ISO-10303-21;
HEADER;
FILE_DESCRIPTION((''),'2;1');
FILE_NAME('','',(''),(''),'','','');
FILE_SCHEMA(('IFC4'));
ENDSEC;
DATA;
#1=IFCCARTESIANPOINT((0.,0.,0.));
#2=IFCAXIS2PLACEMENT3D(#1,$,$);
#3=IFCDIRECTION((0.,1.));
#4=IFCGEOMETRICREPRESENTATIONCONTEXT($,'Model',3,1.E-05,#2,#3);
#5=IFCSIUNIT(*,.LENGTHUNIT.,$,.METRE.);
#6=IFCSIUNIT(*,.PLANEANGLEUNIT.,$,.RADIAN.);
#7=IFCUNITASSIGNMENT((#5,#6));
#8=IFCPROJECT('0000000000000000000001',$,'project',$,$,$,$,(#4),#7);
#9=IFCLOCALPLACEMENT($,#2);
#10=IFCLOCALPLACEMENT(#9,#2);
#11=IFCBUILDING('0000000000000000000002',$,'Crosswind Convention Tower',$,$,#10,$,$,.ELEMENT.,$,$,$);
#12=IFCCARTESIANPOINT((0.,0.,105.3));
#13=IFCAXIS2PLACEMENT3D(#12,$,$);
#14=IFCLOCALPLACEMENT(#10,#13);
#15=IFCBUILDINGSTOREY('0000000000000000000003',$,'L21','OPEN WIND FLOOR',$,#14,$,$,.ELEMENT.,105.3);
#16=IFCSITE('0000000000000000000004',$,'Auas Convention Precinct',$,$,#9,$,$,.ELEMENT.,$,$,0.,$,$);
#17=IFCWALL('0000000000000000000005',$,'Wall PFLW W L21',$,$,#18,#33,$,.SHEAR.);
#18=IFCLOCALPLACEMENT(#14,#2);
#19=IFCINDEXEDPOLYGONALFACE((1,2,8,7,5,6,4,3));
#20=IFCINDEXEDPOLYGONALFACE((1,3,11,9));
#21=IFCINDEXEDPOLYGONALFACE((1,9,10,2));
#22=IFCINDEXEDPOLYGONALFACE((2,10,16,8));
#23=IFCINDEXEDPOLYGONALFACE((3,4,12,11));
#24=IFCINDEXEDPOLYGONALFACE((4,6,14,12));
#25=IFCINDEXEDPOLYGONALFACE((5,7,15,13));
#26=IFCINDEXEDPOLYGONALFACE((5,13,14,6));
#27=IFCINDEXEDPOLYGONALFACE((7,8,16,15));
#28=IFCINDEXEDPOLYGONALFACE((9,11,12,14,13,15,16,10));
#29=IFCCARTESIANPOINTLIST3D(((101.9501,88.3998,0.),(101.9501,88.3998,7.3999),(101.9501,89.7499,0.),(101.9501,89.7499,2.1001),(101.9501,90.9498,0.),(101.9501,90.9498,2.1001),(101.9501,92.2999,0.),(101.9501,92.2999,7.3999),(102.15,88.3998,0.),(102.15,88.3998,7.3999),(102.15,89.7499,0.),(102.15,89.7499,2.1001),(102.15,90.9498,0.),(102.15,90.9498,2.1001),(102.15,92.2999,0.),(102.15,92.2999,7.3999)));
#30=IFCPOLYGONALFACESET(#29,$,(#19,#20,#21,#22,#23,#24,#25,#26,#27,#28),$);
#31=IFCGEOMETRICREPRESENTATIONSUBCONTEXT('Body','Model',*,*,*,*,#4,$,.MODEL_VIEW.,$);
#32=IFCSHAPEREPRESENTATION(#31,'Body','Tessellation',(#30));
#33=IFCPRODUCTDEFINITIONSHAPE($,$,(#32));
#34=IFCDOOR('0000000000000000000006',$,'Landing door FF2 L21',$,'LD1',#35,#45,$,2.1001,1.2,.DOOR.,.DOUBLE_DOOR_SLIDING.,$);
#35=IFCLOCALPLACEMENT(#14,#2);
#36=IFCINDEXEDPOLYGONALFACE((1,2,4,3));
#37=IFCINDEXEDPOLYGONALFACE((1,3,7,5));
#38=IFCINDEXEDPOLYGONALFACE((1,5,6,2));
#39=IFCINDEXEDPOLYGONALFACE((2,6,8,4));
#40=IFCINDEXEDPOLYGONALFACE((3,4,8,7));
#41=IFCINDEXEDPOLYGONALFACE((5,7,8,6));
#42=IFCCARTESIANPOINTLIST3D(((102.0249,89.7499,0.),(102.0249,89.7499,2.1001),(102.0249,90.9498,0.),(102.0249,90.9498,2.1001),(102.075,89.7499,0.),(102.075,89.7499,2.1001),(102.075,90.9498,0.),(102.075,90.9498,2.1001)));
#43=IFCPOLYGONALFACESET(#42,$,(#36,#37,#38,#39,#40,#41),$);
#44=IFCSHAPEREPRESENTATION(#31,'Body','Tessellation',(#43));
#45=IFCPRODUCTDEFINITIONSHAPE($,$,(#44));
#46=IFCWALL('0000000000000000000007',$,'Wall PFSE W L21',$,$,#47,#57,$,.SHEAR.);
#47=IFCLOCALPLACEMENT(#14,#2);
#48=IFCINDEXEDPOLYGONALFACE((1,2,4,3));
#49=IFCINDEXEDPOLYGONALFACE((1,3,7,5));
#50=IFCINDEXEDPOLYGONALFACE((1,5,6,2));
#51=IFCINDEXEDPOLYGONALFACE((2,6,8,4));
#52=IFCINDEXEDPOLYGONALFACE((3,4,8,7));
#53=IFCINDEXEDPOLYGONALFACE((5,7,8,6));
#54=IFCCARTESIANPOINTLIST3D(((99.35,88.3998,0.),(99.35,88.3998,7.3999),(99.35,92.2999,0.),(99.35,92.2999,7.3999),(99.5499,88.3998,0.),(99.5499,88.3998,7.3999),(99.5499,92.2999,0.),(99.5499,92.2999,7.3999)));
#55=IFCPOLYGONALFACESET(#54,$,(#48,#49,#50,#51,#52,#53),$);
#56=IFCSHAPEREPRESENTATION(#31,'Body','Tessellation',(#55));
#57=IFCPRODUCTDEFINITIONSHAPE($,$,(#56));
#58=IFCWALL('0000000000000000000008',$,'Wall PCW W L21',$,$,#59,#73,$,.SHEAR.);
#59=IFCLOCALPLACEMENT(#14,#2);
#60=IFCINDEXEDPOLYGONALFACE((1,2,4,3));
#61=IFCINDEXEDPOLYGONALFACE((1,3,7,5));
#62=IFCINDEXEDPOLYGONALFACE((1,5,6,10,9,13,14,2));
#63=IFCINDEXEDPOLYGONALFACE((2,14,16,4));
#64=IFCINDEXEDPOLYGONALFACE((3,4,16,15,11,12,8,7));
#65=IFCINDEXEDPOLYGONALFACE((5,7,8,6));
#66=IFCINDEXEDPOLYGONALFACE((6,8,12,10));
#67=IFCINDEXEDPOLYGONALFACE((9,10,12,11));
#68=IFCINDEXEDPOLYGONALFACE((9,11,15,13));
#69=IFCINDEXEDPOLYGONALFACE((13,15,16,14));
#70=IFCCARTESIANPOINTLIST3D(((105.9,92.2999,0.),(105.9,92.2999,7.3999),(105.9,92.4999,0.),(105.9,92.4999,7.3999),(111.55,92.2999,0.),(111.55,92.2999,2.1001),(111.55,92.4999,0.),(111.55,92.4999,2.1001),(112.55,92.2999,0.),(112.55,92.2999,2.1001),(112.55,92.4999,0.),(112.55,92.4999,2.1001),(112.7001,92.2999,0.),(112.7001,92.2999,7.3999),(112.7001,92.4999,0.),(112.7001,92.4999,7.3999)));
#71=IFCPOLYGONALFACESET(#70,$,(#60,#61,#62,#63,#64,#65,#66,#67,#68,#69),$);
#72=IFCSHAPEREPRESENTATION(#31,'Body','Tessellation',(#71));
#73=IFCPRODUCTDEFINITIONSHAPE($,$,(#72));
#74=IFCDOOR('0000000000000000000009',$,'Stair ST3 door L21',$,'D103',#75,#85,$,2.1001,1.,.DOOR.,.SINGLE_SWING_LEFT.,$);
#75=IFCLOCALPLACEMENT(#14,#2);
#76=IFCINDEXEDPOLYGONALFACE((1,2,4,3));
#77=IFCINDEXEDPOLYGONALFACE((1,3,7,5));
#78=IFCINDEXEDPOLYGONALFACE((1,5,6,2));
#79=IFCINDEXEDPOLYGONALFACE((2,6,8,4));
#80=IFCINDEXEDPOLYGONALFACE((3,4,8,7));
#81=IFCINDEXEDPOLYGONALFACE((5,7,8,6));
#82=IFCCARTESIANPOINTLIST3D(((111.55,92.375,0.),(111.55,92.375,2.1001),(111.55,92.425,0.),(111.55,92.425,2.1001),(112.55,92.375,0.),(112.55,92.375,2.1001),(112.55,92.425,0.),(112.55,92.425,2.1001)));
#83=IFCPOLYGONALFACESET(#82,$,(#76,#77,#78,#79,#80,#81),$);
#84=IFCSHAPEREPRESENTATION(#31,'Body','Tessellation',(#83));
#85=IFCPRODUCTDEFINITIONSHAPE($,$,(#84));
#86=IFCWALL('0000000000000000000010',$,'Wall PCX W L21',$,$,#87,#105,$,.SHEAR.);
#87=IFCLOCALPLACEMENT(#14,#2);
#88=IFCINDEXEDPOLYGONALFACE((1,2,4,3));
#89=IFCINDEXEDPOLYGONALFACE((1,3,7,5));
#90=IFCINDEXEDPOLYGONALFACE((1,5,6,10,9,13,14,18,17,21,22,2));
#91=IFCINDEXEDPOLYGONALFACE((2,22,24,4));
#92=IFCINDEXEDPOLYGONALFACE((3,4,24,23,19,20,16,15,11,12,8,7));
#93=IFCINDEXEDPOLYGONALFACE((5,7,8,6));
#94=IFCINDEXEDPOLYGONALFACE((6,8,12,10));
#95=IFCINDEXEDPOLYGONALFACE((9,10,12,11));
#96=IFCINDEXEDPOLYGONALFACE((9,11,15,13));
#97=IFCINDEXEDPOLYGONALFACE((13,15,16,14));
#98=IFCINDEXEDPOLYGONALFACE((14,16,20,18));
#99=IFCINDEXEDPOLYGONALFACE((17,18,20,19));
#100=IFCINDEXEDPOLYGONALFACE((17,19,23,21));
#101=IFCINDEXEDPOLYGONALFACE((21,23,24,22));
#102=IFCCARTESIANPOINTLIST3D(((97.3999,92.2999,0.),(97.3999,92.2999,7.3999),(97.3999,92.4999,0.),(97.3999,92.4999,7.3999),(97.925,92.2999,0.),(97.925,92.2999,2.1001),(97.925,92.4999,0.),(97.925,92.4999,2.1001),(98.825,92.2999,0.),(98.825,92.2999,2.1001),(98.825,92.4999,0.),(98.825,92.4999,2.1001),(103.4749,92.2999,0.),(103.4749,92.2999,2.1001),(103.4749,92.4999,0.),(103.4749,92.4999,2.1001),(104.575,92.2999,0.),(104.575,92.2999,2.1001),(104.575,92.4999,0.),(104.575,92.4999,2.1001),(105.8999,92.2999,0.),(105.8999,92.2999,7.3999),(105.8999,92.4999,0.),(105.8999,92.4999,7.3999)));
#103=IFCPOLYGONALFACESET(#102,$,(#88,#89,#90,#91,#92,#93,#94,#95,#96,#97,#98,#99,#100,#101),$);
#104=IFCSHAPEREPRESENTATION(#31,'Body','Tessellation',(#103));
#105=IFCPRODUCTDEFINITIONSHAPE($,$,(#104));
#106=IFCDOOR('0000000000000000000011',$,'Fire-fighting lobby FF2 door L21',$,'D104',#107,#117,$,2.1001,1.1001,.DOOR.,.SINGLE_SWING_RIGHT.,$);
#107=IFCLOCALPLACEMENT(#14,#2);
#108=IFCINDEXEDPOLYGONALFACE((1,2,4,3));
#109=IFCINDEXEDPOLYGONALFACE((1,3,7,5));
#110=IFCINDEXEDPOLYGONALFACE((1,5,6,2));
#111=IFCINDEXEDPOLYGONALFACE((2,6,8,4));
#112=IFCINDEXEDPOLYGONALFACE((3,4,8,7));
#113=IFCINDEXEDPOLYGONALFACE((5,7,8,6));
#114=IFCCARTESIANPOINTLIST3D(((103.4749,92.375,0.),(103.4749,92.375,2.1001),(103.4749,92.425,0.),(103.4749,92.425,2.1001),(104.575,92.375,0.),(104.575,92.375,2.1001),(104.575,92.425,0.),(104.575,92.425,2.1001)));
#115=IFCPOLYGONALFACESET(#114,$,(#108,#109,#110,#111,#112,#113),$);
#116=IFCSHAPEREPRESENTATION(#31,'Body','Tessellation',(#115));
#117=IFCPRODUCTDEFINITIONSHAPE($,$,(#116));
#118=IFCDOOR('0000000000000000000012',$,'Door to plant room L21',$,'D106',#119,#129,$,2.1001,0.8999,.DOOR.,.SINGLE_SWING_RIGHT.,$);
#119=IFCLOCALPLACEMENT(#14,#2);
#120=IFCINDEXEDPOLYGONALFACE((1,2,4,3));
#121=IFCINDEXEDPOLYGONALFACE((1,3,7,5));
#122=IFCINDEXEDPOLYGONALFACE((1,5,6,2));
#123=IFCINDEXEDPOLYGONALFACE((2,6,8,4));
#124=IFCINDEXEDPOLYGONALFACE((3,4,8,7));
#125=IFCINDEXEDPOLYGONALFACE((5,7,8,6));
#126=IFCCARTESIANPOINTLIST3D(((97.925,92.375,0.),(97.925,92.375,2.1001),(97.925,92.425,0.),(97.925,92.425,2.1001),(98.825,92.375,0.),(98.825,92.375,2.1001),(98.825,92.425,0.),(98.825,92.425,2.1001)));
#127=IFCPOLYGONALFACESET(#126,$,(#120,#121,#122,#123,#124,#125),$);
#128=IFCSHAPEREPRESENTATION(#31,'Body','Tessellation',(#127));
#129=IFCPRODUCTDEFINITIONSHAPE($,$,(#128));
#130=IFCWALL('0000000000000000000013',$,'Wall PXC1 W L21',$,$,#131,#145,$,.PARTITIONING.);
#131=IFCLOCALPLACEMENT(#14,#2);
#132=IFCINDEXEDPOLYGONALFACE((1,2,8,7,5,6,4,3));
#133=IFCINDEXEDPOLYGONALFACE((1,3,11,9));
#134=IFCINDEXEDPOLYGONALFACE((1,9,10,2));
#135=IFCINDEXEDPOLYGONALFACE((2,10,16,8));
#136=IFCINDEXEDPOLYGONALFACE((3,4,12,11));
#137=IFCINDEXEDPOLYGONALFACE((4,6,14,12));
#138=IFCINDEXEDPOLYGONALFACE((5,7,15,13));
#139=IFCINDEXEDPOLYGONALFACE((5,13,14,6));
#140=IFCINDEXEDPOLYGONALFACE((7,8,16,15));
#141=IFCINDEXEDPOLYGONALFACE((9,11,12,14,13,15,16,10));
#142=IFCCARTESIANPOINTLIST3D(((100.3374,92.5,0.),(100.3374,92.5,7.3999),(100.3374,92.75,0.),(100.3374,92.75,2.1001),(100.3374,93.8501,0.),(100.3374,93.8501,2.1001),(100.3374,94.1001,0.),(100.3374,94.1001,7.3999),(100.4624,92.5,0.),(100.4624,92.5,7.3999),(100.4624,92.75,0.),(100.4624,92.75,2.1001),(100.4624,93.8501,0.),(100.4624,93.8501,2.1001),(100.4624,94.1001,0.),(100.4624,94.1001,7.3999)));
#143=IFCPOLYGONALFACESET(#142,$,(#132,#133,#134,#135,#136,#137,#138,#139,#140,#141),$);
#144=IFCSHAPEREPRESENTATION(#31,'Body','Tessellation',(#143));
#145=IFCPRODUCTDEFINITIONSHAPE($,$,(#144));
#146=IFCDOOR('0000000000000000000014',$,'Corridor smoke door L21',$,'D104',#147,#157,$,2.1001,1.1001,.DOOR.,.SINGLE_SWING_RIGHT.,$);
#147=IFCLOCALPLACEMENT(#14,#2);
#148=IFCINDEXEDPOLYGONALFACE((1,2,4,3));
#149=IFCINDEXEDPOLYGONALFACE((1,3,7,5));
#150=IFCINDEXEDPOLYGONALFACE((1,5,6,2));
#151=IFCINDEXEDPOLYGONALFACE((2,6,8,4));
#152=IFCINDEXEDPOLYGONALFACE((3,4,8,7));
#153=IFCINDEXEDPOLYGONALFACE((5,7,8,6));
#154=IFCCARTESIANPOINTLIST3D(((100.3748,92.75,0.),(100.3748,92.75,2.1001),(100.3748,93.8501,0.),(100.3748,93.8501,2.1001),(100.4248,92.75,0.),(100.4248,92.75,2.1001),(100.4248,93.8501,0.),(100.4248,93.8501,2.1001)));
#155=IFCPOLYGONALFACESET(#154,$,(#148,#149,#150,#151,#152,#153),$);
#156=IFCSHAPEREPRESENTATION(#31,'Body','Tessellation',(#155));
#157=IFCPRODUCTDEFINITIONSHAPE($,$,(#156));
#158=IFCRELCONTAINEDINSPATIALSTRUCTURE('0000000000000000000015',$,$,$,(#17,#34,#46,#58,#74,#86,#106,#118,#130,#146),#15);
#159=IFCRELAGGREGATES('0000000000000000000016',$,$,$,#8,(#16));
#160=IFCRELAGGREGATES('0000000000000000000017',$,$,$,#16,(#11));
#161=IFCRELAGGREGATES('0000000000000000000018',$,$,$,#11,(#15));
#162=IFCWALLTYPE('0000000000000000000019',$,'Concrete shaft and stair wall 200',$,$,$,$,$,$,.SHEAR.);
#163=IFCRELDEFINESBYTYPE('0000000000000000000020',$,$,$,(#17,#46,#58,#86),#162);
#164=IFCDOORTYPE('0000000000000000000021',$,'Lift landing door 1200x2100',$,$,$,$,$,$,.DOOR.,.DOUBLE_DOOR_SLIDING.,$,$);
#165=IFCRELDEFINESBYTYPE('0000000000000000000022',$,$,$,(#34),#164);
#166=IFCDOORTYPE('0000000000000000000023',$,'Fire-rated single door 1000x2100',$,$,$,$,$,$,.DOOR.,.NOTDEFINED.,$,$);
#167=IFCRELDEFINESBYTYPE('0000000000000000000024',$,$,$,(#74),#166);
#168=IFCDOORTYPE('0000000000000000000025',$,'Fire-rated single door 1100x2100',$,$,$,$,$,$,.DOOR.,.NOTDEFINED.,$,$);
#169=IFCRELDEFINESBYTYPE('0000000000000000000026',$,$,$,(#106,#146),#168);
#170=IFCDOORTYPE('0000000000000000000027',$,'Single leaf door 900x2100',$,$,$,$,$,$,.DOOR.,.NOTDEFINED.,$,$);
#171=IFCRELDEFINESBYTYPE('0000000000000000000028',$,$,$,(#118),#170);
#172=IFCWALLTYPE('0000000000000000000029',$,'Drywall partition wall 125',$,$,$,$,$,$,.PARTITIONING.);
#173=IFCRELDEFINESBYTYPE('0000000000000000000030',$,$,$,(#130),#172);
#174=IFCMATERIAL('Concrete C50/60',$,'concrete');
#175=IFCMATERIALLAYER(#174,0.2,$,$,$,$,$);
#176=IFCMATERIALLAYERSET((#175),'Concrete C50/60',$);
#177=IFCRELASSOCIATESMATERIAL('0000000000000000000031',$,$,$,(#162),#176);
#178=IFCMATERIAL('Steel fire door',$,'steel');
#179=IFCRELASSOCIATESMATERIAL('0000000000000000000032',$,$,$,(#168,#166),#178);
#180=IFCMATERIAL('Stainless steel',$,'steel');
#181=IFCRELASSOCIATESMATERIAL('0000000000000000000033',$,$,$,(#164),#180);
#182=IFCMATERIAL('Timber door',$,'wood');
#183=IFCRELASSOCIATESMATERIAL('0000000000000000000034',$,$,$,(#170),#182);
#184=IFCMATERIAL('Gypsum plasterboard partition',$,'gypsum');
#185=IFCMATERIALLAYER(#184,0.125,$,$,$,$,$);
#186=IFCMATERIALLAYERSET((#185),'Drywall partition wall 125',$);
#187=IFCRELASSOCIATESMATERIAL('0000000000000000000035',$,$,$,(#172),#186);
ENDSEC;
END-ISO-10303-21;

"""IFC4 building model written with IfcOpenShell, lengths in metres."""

from ifc_helpers import new_model, si_unit, direction, frame, frame_2d, origin, place, context, subcontext, project, spatial, rectangle, extrude, material, layer, layer_set, type_object, element, fill, save


model = new_model("IFC4")

# Units and contexts
model_context = context("Model", 3, precision=1e-05, world=origin(), true_north=direction((0.0, 1.0)))
body_context = subcontext(model_context, "Body", "Model", "MODEL_VIEW")
ifc_project = project(units=[si_unit("LENGTHUNIT", "METRE"), si_unit("PLANEANGLEUNIT", "RADIAN")], contexts=[model_context])

# Site, building, storey
site_placement = place(None, origin())
site = spatial("IfcSite", under=ifc_project, at=site_placement, Name="Auas Convention Precinct", CompositionType="ELEMENT", RefElevation=0.0)
building_placement = place(site_placement, origin())
building = spatial("IfcBuilding", under=site, at=building_placement, Name="Crosswind Convention Tower", CompositionType="ELEMENT")
storey_placement = place(building_placement, frame((0.0, 0.0, 105.3)))
storey = spatial("IfcBuildingStorey", under=building, at=storey_placement, Name="L21", Description="OPEN WIND FLOOR", CompositionType="ELEMENT", Elevation=105.3)

# Shared definitions
ifc_material_1 = material(Name="Concrete C50/60", Category="concrete")

# Shared definitions
ifc_layer_1 = layer(ifc_material_1, 0.2)
ifc_layer_set_1 = layer_set([ifc_layer_1], Name="Concrete C50/60")
wall_type_1 = type_object("IfcWallType", Name="Concrete shaft and stair wall 200", PredefinedType="SHEAR", material=ifc_layer_set_1)
ifc_material_2 = material(Name="Steel fire door", Category="steel")
door_type_1 = type_object("IfcDoorType", Name="Fire-rated single door 1100x2100", OperationType="NOTDEFINED", PredefinedType="DOOR", material=ifc_material_2)

# Wall, opening, door
wall_1_placement = place(storey_placement, frame((102.05, 92.3, 0.0), z_axis=(0.0, 0.0, 1.0), x_axis=(0.0, -1.0, 0.0)))
wall_1 = element("IfcWall", 1, at=wall_1_placement, inside=storey, type_object=wall_type_1, Name="Wall PFLW W L21", PredefinedType="SHEAR", context=body_context, shape_type="SweptSolid", body=[
    extrude(rectangle(XDim=3.9001, YDim=0.2, at=frame_2d((1.9502, 0.0))), origin(), (0.0, 0.0, 1.0), 7.3999),
])
opening_1_placement = place(wall_1_placement, frame((1.3501, 0.0, 0.0)))
opening_1 = element("IfcOpeningElement", 2, at=opening_1_placement, cuts=wall_1, PredefinedType="OPENING", context=body_context, shape_type="SweptSolid", body=[
    extrude(rectangle(XDim=1.2, YDim=2.1001, at=frame_2d((0.6001, 1.05))), frame((0.0, 0.1099, 0.0), z_axis=(0.0, -1.0, 0.0), x_axis=(1.0, 0.0, 0.0)), (0.0, 0.0, 1.0), 0.22),
])
ifc_material_3 = material(Name="Stainless steel", Category="steel")
door_type_2 = type_object("IfcDoorType", Name="Lift landing door 1200x2100", OperationType="DOUBLE_DOOR_SLIDING", PredefinedType="DOOR", material=ifc_material_3)
door_1_placement = place(opening_1_placement, origin())
door_1 = element("IfcDoor", 3, at=door_1_placement, inside=storey, type_object=door_type_2, Name="Landing door FF2 L21", ObjectType="LD1", OperationType="DOUBLE_DOOR_SLIDING", OverallHeight=2.1001, OverallWidth=1.2, PredefinedType="DOOR", context=body_context, shape_type="SweptSolid", body=[
    extrude(rectangle(XDim=1.2, YDim=2.1001, at=frame_2d((0.6001, 1.05))), frame((0.0, 0.0249, 0.0), z_axis=(0.0, -1.0, 0.0), x_axis=(1.0, 0.0, 0.0)), (0.0, 0.0, 1.0), 0.05),
])
fill(opening_1, door_1)

# Wall
wall_2_placement = place(storey_placement, frame((99.45, 92.3, 0.0), z_axis=(0.0, 0.0, 1.0), x_axis=(0.0, -1.0, 0.0)))
element("IfcWall", 4, at=wall_2_placement, inside=storey, type_object=wall_type_1, Name="Wall PFSE W L21", PredefinedType="SHEAR", context=body_context, shape_type="SweptSolid", body=[
    extrude(rectangle(XDim=3.9001, YDim=0.2, at=frame_2d((1.9502, 0.0))), origin(), (0.0, 0.0, 1.0), 7.3999),
])

# Wall, opening, door
wall_3_placement = place(storey_placement, frame((112.7, 92.3999, 0.0), z_axis=(0.0, 0.0, 1.0), x_axis=(-1.0, 0.0, 0.0)))
wall_3 = element("IfcWall", 5, at=wall_3_placement, inside=storey, type_object=wall_type_1, Name="Wall PCW W L21", PredefinedType="SHEAR", context=body_context, shape_type="SweptSolid", body=[
    extrude(rectangle(XDim=6.8, YDim=0.2, at=frame_2d((3.3999, 0.0))), origin(), (0.0, 0.0, 1.0), 7.3999),
])
opening_2_placement = place(wall_3_placement, frame((0.1499, 0.0, 0.0)))
opening_2 = element("IfcOpeningElement", 6, at=opening_2_placement, cuts=wall_3, PredefinedType="OPENING", context=body_context, shape_type="SweptSolid", body=[
    extrude(rectangle(XDim=1.0, YDim=2.1001, at=frame_2d((0.5, 1.05))), frame((0.0, 0.1099, 0.0), z_axis=(0.0, -1.0, 0.0), x_axis=(1.0, 0.0, 0.0)), (0.0, 0.0, 1.0), 0.22),
])
door_type_3 = type_object("IfcDoorType", Name="Fire-rated single door 1000x2100", OperationType="NOTDEFINED", PredefinedType="DOOR", material=ifc_material_2)
door_2_placement = place(opening_2_placement, origin())
door_2 = element("IfcDoor", 7, at=door_2_placement, inside=storey, type_object=door_type_3, Name="Stair ST3 door L21", ObjectType="D103", OperationType="SINGLE_SWING_LEFT", OverallHeight=2.1001, OverallWidth=1.0, PredefinedType="DOOR", context=body_context, shape_type="SweptSolid", body=[
    extrude(rectangle(XDim=1.0, YDim=2.1001, at=frame_2d((0.5, 1.05))), frame((0.0, 0.0249, 0.0), z_axis=(0.0, -1.0, 0.0), x_axis=(1.0, 0.0, 0.0)), (0.0, 0.0, 1.0), 0.05),
])
fill(opening_2, door_2)

# Wall, openings, doors
wall_4_placement = place(storey_placement, frame((105.8999, 92.3999, 0.0), z_axis=(0.0, 0.0, 1.0), x_axis=(-1.0, 0.0, 0.0)))
wall_4 = element("IfcWall", 8, at=wall_4_placement, inside=storey, type_object=wall_type_1, Name="Wall PCX W L21", PredefinedType="SHEAR", context=body_context, shape_type="SweptSolid", body=[
    extrude(rectangle(XDim=8.5, YDim=0.2, at=frame_2d((4.25, 0.0))), origin(), (0.0, 0.0, 1.0), 7.3999),
])
opening_3_placement = place(wall_4_placement, frame((1.325, 0.0, 0.0)))
opening_3 = element("IfcOpeningElement", 9, at=opening_3_placement, cuts=wall_4, PredefinedType="OPENING", context=body_context, shape_type="SweptSolid", body=[
    extrude(rectangle(XDim=1.1001, YDim=2.1001, at=frame_2d((0.55, 1.05))), frame((0.0, 0.1099, 0.0), z_axis=(0.0, -1.0, 0.0), x_axis=(1.0, 0.0, 0.0)), (0.0, 0.0, 1.0), 0.22),
])
opening_4_placement = place(wall_4_placement, frame((7.075, 0.0, 0.0)))
opening_4 = element("IfcOpeningElement", 10, at=opening_4_placement, cuts=wall_4, PredefinedType="OPENING", context=body_context, shape_type="SweptSolid", body=[
    extrude(rectangle(XDim=0.8999, YDim=2.1001, at=frame_2d((0.45, 1.05))), frame((0.0, 0.1099, 0.0), z_axis=(0.0, -1.0, 0.0), x_axis=(1.0, 0.0, 0.0)), (0.0, 0.0, 1.0), 0.22),
])
door_3_placement = place(opening_3_placement, origin())
door_3 = element("IfcDoor", 11, at=door_3_placement, inside=storey, type_object=door_type_1, Name="Fire-fighting lobby FF2 door L21", ObjectType="D104", OperationType="SINGLE_SWING_RIGHT", OverallHeight=2.1001, OverallWidth=1.1001, PredefinedType="DOOR", context=body_context, shape_type="SweptSolid", body=[
    extrude(rectangle(XDim=1.1001, YDim=2.1001, at=frame_2d((0.55, 1.05))), frame((0.0, 0.0249, 0.0), z_axis=(0.0, -1.0, 0.0), x_axis=(1.0, 0.0, 0.0)), (0.0, 0.0, 1.0), 0.05),
])
fill(opening_3, door_3)
ifc_material_4 = material(Name="Timber door", Category="wood")
door_type_4 = type_object("IfcDoorType", Name="Single leaf door 900x2100", OperationType="NOTDEFINED", PredefinedType="DOOR", material=ifc_material_4)
door_4_placement = place(opening_4_placement, origin())
door_4 = element("IfcDoor", 12, at=door_4_placement, inside=storey, type_object=door_type_4, Name="Door to plant room L21", ObjectType="D106", OperationType="SINGLE_SWING_RIGHT", OverallHeight=2.1001, OverallWidth=0.8999, PredefinedType="DOOR", context=body_context, shape_type="SweptSolid", body=[
    extrude(rectangle(XDim=0.8999, YDim=2.1001, at=frame_2d((0.45, 1.05))), frame((0.0, 0.0249, 0.0), z_axis=(0.0, -1.0, 0.0), x_axis=(1.0, 0.0, 0.0)), (0.0, 0.0, 1.0), 0.05),
])
fill(opening_4, door_4)

# Wall, opening, door
ifc_material_5 = material(Name="Gypsum plasterboard partition", Category="gypsum")
ifc_layer_2 = layer(ifc_material_5, 0.125)
ifc_layer_set_2 = layer_set([ifc_layer_2], Name="Drywall partition wall 125")
wall_type_2 = type_object("IfcWallType", Name="Drywall partition wall 125", PredefinedType="PARTITIONING", material=ifc_layer_set_2)
wall_5_placement = place(storey_placement, frame((100.3999, 94.1001, 0.0), z_axis=(0.0, 0.0, 1.0), x_axis=(0.0, -1.0, 0.0)))
wall_5 = element("IfcWall", 13, at=wall_5_placement, inside=storey, type_object=wall_type_2, Name="Wall PXC1 W L21", PredefinedType="PARTITIONING", context=body_context, shape_type="SweptSolid", body=[
    extrude(rectangle(XDim=1.6001, YDim=0.125, at=frame_2d((0.8, 0.0))), origin(), (0.0, 0.0, 1.0), 7.3999),
])
opening_5_placement = place(wall_5_placement, frame((0.25, 0.0, 0.0)))
opening_5 = element("IfcOpeningElement", 14, at=opening_5_placement, cuts=wall_5, PredefinedType="OPENING", context=body_context, shape_type="SweptSolid", body=[
    extrude(rectangle(XDim=1.1001, YDim=2.1001, at=frame_2d((0.55, 1.05))), frame((0.0, 0.0725, 0.0), z_axis=(0.0, -1.0, 0.0), x_axis=(1.0, 0.0, 0.0)), (0.0, 0.0, 1.0), 0.145),
])
door_5_placement = place(opening_5_placement, origin())
door_5 = element("IfcDoor", 15, at=door_5_placement, inside=storey, type_object=door_type_1, Name="Corridor smoke door L21", ObjectType="D104", OperationType="SINGLE_SWING_RIGHT", OverallHeight=2.1001, OverallWidth=1.1001, PredefinedType="DOOR", context=body_context, shape_type="SweptSolid", body=[
    extrude(rectangle(XDim=1.1001, YDim=2.1001, at=frame_2d((0.55, 1.05))), frame((0.0, 0.0249, 0.0), z_axis=(0.0, -1.0, 0.0), x_axis=(1.0, 0.0, 0.0)), (0.0, 0.0, 1.0), 0.05),
])
fill(opening_5, door_5)

save(model, "model.ifc")
